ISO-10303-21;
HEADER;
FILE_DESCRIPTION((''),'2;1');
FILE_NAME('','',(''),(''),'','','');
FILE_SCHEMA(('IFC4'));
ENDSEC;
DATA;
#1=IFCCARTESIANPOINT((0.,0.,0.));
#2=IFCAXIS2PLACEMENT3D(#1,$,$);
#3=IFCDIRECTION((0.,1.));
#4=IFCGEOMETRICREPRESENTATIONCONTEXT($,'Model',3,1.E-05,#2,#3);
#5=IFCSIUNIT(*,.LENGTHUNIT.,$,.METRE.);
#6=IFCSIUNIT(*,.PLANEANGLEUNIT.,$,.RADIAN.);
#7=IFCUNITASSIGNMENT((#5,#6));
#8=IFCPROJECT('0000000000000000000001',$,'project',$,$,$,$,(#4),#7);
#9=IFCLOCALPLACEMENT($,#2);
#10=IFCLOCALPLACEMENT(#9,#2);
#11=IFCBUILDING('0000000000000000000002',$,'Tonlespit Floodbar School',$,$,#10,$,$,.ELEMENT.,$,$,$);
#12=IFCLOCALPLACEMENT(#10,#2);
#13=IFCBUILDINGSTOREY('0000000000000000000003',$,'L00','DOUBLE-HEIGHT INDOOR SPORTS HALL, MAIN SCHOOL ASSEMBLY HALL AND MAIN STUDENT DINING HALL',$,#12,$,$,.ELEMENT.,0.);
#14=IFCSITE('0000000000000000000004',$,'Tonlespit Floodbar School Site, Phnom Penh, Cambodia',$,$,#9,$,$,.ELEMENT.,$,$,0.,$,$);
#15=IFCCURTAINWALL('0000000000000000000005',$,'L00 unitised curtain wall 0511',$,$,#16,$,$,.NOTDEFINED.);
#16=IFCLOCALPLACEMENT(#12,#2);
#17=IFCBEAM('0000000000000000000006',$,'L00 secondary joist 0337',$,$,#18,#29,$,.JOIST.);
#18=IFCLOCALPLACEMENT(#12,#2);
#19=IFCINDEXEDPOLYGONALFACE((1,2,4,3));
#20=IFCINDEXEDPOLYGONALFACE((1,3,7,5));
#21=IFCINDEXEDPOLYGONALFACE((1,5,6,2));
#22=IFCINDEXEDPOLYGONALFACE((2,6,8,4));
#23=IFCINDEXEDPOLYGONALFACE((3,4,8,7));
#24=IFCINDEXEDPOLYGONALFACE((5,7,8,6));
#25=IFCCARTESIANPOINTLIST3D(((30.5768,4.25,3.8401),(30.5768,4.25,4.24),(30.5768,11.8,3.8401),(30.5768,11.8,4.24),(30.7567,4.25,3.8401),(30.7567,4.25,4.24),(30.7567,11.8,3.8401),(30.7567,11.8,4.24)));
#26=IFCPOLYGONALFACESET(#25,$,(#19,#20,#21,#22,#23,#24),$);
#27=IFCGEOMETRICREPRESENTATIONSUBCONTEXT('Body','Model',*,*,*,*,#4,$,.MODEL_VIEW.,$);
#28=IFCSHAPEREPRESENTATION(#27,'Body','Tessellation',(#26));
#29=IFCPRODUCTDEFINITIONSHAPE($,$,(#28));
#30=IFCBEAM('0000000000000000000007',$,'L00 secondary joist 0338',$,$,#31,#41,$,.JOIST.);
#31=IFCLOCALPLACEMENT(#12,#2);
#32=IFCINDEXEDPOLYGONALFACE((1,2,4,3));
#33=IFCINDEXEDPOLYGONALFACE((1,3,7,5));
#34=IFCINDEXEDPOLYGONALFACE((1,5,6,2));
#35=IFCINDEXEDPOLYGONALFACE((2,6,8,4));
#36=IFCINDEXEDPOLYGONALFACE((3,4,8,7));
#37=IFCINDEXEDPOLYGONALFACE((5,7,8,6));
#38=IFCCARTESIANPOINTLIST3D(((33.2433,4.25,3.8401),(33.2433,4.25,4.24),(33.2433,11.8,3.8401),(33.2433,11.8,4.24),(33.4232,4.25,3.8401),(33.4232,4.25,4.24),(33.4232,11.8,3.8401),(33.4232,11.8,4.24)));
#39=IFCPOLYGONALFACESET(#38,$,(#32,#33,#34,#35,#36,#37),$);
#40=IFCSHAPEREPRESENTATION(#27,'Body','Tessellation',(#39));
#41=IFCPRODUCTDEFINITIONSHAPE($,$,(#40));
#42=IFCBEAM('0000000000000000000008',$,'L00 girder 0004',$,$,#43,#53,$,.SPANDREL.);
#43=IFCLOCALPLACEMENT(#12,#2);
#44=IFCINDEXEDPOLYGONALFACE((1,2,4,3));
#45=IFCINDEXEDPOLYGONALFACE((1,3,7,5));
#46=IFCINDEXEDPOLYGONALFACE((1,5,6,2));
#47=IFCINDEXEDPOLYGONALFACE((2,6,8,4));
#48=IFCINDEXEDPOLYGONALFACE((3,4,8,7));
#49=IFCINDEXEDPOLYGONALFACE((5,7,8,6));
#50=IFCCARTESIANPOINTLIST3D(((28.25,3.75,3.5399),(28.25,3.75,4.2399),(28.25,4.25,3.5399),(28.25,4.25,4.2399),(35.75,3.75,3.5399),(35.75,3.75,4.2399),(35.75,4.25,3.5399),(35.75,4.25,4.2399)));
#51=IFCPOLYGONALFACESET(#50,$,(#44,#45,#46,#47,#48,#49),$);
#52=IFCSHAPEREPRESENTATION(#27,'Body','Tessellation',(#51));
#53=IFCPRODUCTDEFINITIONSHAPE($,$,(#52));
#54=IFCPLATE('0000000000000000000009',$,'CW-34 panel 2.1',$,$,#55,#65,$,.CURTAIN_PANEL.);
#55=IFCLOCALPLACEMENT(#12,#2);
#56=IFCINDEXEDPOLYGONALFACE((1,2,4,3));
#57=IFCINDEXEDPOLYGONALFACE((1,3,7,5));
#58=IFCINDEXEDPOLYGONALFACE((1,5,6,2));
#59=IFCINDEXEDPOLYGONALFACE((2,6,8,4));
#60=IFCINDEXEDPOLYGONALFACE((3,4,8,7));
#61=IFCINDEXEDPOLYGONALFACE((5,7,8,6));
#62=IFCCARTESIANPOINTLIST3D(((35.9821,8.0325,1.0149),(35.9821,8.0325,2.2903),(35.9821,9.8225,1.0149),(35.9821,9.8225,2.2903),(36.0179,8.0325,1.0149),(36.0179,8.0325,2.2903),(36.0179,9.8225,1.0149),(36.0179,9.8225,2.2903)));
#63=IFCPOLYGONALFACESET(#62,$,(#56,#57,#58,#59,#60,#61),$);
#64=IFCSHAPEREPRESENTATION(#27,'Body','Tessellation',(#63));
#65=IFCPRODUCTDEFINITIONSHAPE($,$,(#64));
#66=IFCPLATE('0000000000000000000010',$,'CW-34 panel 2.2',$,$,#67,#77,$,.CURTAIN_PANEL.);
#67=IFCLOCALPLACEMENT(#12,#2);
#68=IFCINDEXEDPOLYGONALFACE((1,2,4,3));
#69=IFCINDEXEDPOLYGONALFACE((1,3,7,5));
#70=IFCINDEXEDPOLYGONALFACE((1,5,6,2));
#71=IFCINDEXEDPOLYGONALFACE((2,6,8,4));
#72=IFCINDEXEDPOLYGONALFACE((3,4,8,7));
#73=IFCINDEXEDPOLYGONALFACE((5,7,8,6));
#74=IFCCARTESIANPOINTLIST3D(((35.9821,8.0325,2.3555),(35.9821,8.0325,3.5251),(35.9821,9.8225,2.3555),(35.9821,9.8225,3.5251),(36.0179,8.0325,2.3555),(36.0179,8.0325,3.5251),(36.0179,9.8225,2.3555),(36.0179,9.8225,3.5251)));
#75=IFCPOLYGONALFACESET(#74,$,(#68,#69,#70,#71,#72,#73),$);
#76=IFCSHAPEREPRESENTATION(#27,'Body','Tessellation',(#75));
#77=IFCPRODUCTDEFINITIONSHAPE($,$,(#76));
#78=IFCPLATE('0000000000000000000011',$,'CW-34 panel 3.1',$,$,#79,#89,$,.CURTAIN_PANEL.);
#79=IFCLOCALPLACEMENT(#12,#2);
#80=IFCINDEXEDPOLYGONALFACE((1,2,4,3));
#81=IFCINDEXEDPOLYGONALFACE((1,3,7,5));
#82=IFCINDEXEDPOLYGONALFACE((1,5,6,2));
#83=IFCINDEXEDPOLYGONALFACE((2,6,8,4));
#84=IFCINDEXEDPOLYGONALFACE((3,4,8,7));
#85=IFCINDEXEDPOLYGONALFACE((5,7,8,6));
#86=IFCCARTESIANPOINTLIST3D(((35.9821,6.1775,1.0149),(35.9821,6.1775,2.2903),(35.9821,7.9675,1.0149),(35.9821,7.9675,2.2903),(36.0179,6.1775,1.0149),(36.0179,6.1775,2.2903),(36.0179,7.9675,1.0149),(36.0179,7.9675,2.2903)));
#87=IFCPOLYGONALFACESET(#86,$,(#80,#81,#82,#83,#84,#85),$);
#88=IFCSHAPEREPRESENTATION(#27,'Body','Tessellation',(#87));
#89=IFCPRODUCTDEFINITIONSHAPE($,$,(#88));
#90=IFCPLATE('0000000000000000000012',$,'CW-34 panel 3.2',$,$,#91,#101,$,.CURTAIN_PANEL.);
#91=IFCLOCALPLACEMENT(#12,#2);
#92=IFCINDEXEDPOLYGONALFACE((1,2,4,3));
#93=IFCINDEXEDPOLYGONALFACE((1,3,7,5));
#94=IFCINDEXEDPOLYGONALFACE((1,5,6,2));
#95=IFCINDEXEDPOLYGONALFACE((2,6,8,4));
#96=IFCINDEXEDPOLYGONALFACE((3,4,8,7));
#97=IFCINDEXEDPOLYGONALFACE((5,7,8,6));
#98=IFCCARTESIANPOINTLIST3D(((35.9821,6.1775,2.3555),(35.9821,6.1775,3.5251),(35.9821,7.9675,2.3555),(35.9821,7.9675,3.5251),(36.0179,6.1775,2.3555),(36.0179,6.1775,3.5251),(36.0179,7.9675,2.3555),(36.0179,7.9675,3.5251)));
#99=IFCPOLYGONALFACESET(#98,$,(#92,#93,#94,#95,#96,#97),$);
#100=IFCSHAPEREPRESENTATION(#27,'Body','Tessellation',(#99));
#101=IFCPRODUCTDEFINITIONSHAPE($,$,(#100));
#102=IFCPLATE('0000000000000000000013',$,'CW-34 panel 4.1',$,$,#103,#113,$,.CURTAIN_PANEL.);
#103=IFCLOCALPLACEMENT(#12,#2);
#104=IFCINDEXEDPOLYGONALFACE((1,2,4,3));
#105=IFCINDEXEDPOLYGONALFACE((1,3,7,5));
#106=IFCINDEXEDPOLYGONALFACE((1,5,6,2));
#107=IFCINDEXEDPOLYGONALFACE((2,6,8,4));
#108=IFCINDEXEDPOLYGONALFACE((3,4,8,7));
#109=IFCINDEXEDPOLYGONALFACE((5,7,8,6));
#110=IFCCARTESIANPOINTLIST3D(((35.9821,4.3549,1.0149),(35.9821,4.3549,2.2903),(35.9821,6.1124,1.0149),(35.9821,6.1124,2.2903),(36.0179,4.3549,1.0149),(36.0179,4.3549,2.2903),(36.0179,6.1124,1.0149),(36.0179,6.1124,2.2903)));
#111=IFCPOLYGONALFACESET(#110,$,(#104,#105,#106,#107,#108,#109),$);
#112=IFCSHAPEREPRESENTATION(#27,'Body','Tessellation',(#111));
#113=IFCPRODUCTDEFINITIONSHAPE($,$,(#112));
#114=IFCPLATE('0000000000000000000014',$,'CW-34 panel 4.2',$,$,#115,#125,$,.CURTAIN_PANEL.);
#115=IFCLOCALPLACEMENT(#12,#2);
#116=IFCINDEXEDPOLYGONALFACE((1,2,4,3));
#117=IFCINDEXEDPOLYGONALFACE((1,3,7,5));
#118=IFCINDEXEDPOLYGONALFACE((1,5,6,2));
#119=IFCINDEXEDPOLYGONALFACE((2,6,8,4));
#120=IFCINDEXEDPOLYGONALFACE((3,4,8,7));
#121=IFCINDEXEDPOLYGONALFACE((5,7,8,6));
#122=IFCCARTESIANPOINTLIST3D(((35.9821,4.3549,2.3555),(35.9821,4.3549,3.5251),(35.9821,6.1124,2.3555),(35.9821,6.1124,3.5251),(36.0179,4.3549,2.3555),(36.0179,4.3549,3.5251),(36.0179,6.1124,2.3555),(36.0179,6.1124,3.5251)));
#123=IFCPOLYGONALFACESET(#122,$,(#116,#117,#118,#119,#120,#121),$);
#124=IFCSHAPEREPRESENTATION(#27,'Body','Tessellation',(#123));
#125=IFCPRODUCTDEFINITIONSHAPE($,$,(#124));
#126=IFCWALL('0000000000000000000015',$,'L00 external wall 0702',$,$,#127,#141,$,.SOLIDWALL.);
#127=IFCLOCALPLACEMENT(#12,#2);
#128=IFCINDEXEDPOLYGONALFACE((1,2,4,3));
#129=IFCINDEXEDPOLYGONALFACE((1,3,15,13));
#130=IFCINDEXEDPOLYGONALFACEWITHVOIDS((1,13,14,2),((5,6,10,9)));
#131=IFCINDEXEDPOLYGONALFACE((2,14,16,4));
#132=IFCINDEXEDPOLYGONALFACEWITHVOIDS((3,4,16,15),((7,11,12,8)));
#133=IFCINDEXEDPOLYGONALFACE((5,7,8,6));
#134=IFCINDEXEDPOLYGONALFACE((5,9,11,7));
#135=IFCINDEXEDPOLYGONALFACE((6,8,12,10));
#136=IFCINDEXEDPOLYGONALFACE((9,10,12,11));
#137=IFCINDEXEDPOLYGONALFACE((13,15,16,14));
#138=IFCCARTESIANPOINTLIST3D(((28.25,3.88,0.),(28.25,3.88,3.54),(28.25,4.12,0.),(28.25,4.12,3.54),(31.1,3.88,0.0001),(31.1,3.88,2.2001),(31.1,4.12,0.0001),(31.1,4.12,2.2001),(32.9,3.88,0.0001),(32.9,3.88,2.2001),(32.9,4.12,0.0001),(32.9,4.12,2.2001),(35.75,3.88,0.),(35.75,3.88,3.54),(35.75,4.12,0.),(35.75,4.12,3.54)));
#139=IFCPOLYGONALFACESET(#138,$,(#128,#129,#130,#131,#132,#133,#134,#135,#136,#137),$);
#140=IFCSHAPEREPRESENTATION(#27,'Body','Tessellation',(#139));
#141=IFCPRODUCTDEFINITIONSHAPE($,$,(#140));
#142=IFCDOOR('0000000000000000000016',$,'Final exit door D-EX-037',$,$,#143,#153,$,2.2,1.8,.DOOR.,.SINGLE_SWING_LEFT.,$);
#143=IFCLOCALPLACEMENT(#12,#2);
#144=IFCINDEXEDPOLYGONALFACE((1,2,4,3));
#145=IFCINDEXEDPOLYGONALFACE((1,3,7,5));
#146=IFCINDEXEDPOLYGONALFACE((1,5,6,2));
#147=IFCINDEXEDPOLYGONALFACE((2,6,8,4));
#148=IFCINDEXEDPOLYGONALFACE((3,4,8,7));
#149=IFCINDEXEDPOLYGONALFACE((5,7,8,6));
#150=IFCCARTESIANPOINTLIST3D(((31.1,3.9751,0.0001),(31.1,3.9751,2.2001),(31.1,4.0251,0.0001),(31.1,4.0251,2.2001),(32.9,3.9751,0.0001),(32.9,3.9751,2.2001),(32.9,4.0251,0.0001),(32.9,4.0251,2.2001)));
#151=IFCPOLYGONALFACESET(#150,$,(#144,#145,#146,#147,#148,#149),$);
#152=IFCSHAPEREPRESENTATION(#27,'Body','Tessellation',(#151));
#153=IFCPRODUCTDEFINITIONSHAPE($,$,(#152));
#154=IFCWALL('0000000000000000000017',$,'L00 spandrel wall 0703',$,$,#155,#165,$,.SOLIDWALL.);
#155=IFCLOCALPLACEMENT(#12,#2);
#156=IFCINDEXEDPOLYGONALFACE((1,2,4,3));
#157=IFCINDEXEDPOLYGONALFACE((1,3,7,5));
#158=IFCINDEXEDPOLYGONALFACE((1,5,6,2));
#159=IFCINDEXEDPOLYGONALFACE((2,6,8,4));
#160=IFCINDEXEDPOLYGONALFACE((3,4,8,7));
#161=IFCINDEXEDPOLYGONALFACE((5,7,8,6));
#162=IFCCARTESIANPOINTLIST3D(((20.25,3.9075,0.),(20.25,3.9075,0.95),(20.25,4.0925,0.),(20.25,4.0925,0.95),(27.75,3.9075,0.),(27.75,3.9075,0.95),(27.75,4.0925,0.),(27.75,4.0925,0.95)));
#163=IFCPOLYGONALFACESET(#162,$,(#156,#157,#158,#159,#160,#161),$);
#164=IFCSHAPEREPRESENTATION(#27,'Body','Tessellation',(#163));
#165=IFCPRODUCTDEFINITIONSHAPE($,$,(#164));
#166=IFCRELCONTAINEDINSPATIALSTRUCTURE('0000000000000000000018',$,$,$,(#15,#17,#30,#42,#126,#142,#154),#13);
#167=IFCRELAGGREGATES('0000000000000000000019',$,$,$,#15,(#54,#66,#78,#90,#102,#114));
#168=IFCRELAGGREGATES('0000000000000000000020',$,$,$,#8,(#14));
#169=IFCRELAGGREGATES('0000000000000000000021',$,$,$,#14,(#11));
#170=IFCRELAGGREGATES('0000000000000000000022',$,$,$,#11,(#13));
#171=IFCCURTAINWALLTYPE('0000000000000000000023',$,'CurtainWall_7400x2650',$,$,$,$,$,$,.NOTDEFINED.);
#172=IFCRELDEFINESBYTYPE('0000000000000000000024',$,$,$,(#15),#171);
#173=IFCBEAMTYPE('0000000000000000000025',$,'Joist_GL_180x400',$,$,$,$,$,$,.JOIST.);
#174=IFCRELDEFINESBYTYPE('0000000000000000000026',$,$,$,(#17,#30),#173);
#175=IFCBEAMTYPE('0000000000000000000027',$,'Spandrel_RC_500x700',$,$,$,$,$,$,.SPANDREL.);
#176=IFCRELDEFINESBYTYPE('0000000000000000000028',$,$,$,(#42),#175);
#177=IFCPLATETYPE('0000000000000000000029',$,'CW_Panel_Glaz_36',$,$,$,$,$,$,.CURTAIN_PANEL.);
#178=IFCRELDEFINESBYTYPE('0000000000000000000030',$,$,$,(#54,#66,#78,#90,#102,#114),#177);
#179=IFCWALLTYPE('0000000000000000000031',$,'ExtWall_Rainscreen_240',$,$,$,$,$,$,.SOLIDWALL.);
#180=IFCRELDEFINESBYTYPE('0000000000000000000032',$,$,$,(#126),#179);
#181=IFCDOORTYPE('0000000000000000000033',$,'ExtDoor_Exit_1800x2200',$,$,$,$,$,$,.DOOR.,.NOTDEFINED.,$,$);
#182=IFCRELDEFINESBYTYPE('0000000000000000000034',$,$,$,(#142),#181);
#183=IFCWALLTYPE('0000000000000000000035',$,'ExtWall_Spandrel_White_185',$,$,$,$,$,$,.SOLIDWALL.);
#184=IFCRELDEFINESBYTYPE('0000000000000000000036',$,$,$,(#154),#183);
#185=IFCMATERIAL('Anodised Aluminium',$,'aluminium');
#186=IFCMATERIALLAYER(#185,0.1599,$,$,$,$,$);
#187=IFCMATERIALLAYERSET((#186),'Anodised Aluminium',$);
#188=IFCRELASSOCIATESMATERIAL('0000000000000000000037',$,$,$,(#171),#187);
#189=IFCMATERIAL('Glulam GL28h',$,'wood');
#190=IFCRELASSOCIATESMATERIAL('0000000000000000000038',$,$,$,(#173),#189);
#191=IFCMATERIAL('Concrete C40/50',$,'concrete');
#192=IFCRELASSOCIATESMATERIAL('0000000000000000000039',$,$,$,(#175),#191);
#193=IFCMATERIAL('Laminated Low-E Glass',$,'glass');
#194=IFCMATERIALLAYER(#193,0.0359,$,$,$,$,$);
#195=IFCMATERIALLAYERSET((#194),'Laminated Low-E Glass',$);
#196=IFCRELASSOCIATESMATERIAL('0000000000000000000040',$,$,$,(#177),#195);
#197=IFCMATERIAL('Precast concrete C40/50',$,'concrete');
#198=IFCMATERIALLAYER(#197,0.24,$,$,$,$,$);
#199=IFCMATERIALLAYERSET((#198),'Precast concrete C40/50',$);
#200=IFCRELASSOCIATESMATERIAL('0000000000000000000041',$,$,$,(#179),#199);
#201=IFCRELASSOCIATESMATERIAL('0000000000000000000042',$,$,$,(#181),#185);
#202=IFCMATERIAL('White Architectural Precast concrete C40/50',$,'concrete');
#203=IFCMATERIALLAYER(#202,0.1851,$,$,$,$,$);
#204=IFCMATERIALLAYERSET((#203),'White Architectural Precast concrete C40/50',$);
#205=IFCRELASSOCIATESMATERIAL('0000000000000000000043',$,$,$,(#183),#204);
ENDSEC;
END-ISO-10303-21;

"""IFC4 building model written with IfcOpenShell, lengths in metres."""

from ifc_helpers import new_model, si_unit, direction, frame, frame_2d, origin, origin_2d, place, context, subcontext, project, spatial, rectangle, extrude, material, layer, layer_set, material_profile, profile_set, type_object, element, fill, aggregate, save


model = new_model("IFC4")

# Units and contexts
model_context = context("Model", 3, precision=1e-05, world=origin(), true_north=direction((0.0, 1.0)))
body_context = subcontext(model_context, "Body", "Model", "MODEL_VIEW")
ifc_project = project(units=[si_unit("LENGTHUNIT", "METRE"), si_unit("PLANEANGLEUNIT", "RADIAN")], contexts=[model_context])

# Site, building, storey
site_placement = place(None, origin())
site = spatial("IfcSite", under=ifc_project, at=site_placement, Name="Tonlespit Floodbar School Site, Phnom Penh, Cambodia", CompositionType="ELEMENT", RefElevation=0.0)
building_placement = place(site_placement, origin())
building = spatial("IfcBuilding", under=site, at=building_placement, Name="Tonlespit Floodbar School", CompositionType="ELEMENT")
storey_placement = place(building_placement, origin())
storey = spatial("IfcBuildingStorey", under=building, at=storey_placement, Name="L00", Description="DOUBLE-HEIGHT INDOOR SPORTS HALL, MAIN SCHOOL ASSEMBLY HALL AND MAIN STUDENT DINING HALL", CompositionType="ELEMENT", Elevation=0.0)

# Shared definitions
ifc_material_1 = material(Name="Concrete C40/50", Category="concrete")

# Curtain wall
ifc_material_2 = material(Name="Anodised Aluminium", Category="aluminium")
ifc_layer_1 = layer(ifc_material_2, 0.1599)
ifc_layer_set_1 = layer_set([ifc_layer_1], Name="Anodised Aluminium")
curtain_wall_type = type_object("IfcCurtainWallType", Name="CurtainWall_7400x2650", PredefinedType="NOTDEFINED", material=ifc_layer_set_1)
curtain_wall_placement = place(storey_placement, origin())
curtain_wall = element("IfcCurtainWall", 1, at=curtain_wall_placement, inside=storey, type_object=curtain_wall_type, Name="L00 unitised curtain wall 0511", PredefinedType="NOTDEFINED")

# Beams
ifc_material_3 = material(Name="Glulam GL28h", Category="wood")
ifc_material_profile_1 = material_profile(ifc_material_3, rectangle(XDim=0.1799, YDim=0.3999, at=origin_2d()), Name="GL 180x400")
ifc_profile_set_1 = profile_set([ifc_material_profile_1], Name="Glulam GL28h")
beam_type_1 = type_object("IfcBeamType", Name="Joist_GL_180x400", PredefinedType="JOIST", material=ifc_profile_set_1)
for number, where, z_axis, x_axis, name in (
    (2, (30.6667, 4.25, 4.04), (0.0, 1.0, 0.0), (-1.0, 0.0, 0.0), "L00 secondary joist 0337"),
    (3, (33.3333, 4.25, 4.04), (0.0, 1.0, 0.0), (-1.0, 0.0, 0.0), "L00 secondary joist 0338"),
):
    element("IfcBeam", number, at=place(storey_placement, frame(where, z_axis=z_axis, x_axis=x_axis)), inside=storey, type_object=beam_type_1, Name=name, PredefinedType="JOIST", context=body_context, shape_type="SweptSolid", body=[
        extrude(rectangle(XDim=0.1799, YDim=0.3999, at=origin_2d()), origin(), (0.0, 0.0, 1.0), 7.55),
    ])
ifc_material_profile_2 = material_profile(ifc_material_1, rectangle(XDim=0.5, YDim=0.7, at=origin_2d()), Name="RC 500x700")
ifc_profile_set_2 = profile_set([ifc_material_profile_2], Name="Concrete C40/50")
beam_type_2 = type_object("IfcBeamType", Name="Spandrel_RC_500x700", PredefinedType="SPANDREL", material=ifc_profile_set_2)
beam_placement = place(storey_placement, frame((28.25, 4.0, 3.8899), z_axis=(1.0, 0.0, 0.0), x_axis=(0.0, 1.0, 0.0)))
element("IfcBeam", 4, at=beam_placement, inside=storey, type_object=beam_type_2, Name="L00 girder 0004", PredefinedType="SPANDREL", context=body_context, shape_type="SweptSolid", body=[
    extrude(rectangle(XDim=0.5, YDim=0.7, at=origin_2d()), origin(), (0.0, 0.0, 1.0), 7.5),
])

# Plates
ifc_material_4 = material(Name="Laminated Low-E Glass", Category="glass")
ifc_layer_2 = layer(ifc_material_4, 0.0359)
ifc_layer_set_2 = layer_set([ifc_layer_2], Name="Laminated Low-E Glass")
plate_type = type_object("IfcPlateType", Name="CW_Panel_Glaz_36", PredefinedType="CURTAIN_PANEL", material=ifc_layer_set_2)
plate_1_placement = place(storey_placement, frame((36.0, 8.9275, 1.0149), z_axis=(0.0, 0.0, 1.0), x_axis=(0.0, -1.0, 0.0)))
plate_1 = element("IfcPlate", 5, at=plate_1_placement, type_object=plate_type, Name="CW-34 panel 2.1", PredefinedType="CURTAIN_PANEL", context=body_context, shape_type="SweptSolid", body=[
    extrude(rectangle(XDim=1.79, YDim=0.0359, at=origin_2d()), origin(), (0.0, 0.0, 1.0), 1.2754),
])
plate_2_placement = place(storey_placement, frame((36.0, 8.9275, 2.3555), z_axis=(0.0, 0.0, 1.0), x_axis=(0.0, -1.0, 0.0)))
plate_2 = element("IfcPlate", 6, at=plate_2_placement, type_object=plate_type, Name="CW-34 panel 2.2", PredefinedType="CURTAIN_PANEL", context=body_context, shape_type="SweptSolid", body=[
    extrude(rectangle(XDim=1.79, YDim=0.0359, at=origin_2d()), origin(), (0.0, 0.0, 1.0), 1.1697),
])
plate_3_placement = place(storey_placement, frame((36.0, 7.0725, 1.0149), z_axis=(0.0, 0.0, 1.0), x_axis=(0.0, -1.0, 0.0)))
plate_3 = element("IfcPlate", 7, at=plate_3_placement, type_object=plate_type, Name="CW-34 panel 3.1", PredefinedType="CURTAIN_PANEL", context=body_context, shape_type="SweptSolid", body=[
    extrude(rectangle(XDim=1.79, YDim=0.0359, at=origin_2d()), origin(), (0.0, 0.0, 1.0), 1.2754),
])
plate_4_placement = place(storey_placement, frame((36.0, 7.0725, 2.3555), z_axis=(0.0, 0.0, 1.0), x_axis=(0.0, -1.0, 0.0)))
plate_4 = element("IfcPlate", 8, at=plate_4_placement, type_object=plate_type, Name="CW-34 panel 3.2", PredefinedType="CURTAIN_PANEL", context=body_context, shape_type="SweptSolid", body=[
    extrude(rectangle(XDim=1.79, YDim=0.0359, at=origin_2d()), origin(), (0.0, 0.0, 1.0), 1.1697),
])
plate_5_placement = place(storey_placement, frame((36.0, 5.2336, 1.0149), z_axis=(0.0, 0.0, 1.0), x_axis=(0.0, -1.0, 0.0)))
plate_5 = element("IfcPlate", 9, at=plate_5_placement, type_object=plate_type, Name="CW-34 panel 4.1", PredefinedType="CURTAIN_PANEL", context=body_context, shape_type="SweptSolid", body=[
    extrude(rectangle(XDim=1.7576, YDim=0.0359, at=origin_2d()), origin(), (0.0, 0.0, 1.0), 1.2754),
])
plate_6_placement = place(storey_placement, frame((36.0, 5.2336, 2.3555), z_axis=(0.0, 0.0, 1.0), x_axis=(0.0, -1.0, 0.0)))
plate_6 = element("IfcPlate", 10, at=plate_6_placement, type_object=plate_type, Name="CW-34 panel 4.2", PredefinedType="CURTAIN_PANEL", context=body_context, shape_type="SweptSolid", body=[
    extrude(rectangle(XDim=1.7576, YDim=0.0359, at=origin_2d()), origin(), (0.0, 0.0, 1.0), 1.1697),
])
aggregate(curtain_wall, [plate_1, plate_2, plate_3, plate_4, plate_5, plate_6])

# Wall, opening, door
ifc_material_5 = material(Name="Precast concrete C40/50", Category="concrete")
ifc_layer_3 = layer(ifc_material_5, 0.24)
ifc_layer_set_3 = layer_set([ifc_layer_3], Name="Precast concrete C40/50")
wall_type_1 = type_object("IfcWallType", Name="ExtWall_Rainscreen_240", PredefinedType="SOLIDWALL", material=ifc_layer_set_3)
wall_1_placement = place(storey_placement, frame((35.75, 4.0, 0.0), z_axis=(0.0, 0.0, 1.0), x_axis=(-1.0, 0.0, 0.0)))
wall_1 = element("IfcWall", 11, at=wall_1_placement, inside=storey, type_object=wall_type_1, Name="L00 external wall 0702", PredefinedType="SOLIDWALL", context=body_context, shape_type="SweptSolid", body=[
    extrude(rectangle(XDim=7.5, YDim=0.24, at=frame_2d((3.75, 0.0))), origin(), (0.0, 0.0, 1.0), 3.54),
])
opening_placement = place(wall_1_placement, frame((2.8501, 0.0, 0.0)))
opening = element("IfcOpeningElement", 12, at=opening_placement, cuts=wall_1, PredefinedType="OPENING", context=body_context, shape_type="SweptSolid", body=[
    extrude(rectangle(XDim=1.8, YDim=2.2, at=frame_2d((0.8999, 1.1001))), frame((0.0, 0.1299, 0.0), z_axis=(0.0, -1.0, 0.0), x_axis=(1.0, 0.0, 0.0)), (0.0, 0.0, 1.0), 0.26),
])
door_type = type_object("IfcDoorType", Name="ExtDoor_Exit_1800x2200", OperationType="NOTDEFINED", PredefinedType="DOOR", material=ifc_material_2)
door_placement = place(opening_placement, origin())
door = element("IfcDoor", 13, at=door_placement, inside=storey, type_object=door_type, Name="Final exit door D-EX-037", OperationType="SINGLE_SWING_LEFT", OverallHeight=2.2, OverallWidth=1.8, PredefinedType="DOOR", context=body_context, shape_type="SweptSolid", body=[
    extrude(rectangle(XDim=1.8, YDim=2.2, at=frame_2d((0.8999, 1.1001))), frame((0.0, 0.0249, 0.0), z_axis=(0.0, -1.0, 0.0), x_axis=(1.0, 0.0, 0.0)), (0.0, 0.0, 1.0), 0.05),
])
fill(opening, door)

# Wall
ifc_material_6 = material(Name="White Architectural Precast concrete C40/50", Category="concrete")
ifc_layer_4 = layer(ifc_material_6, 0.1851)
ifc_layer_set_4 = layer_set([ifc_layer_4], Name="White Architectural Precast concrete C40/50")
wall_type_2 = type_object("IfcWallType", Name="ExtWall_Spandrel_White_185", PredefinedType="SOLIDWALL", material=ifc_layer_set_4)
wall_2_placement = place(storey_placement, frame((27.75, 4.0, 0.0), z_axis=(0.0, 0.0, 1.0), x_axis=(-1.0, 0.0, 0.0)))
element("IfcWall", 14, at=wall_2_placement, inside=storey, type_object=wall_type_2, Name="L00 spandrel wall 0703", PredefinedType="SOLIDWALL", context=body_context, shape_type="SweptSolid", body=[
    extrude(rectangle(XDim=7.5, YDim=0.1851, at=frame_2d((3.75, 0.0))), origin(), (0.0, 0.0, 1.0), 0.95),
])

save(model, "model.ifc")
